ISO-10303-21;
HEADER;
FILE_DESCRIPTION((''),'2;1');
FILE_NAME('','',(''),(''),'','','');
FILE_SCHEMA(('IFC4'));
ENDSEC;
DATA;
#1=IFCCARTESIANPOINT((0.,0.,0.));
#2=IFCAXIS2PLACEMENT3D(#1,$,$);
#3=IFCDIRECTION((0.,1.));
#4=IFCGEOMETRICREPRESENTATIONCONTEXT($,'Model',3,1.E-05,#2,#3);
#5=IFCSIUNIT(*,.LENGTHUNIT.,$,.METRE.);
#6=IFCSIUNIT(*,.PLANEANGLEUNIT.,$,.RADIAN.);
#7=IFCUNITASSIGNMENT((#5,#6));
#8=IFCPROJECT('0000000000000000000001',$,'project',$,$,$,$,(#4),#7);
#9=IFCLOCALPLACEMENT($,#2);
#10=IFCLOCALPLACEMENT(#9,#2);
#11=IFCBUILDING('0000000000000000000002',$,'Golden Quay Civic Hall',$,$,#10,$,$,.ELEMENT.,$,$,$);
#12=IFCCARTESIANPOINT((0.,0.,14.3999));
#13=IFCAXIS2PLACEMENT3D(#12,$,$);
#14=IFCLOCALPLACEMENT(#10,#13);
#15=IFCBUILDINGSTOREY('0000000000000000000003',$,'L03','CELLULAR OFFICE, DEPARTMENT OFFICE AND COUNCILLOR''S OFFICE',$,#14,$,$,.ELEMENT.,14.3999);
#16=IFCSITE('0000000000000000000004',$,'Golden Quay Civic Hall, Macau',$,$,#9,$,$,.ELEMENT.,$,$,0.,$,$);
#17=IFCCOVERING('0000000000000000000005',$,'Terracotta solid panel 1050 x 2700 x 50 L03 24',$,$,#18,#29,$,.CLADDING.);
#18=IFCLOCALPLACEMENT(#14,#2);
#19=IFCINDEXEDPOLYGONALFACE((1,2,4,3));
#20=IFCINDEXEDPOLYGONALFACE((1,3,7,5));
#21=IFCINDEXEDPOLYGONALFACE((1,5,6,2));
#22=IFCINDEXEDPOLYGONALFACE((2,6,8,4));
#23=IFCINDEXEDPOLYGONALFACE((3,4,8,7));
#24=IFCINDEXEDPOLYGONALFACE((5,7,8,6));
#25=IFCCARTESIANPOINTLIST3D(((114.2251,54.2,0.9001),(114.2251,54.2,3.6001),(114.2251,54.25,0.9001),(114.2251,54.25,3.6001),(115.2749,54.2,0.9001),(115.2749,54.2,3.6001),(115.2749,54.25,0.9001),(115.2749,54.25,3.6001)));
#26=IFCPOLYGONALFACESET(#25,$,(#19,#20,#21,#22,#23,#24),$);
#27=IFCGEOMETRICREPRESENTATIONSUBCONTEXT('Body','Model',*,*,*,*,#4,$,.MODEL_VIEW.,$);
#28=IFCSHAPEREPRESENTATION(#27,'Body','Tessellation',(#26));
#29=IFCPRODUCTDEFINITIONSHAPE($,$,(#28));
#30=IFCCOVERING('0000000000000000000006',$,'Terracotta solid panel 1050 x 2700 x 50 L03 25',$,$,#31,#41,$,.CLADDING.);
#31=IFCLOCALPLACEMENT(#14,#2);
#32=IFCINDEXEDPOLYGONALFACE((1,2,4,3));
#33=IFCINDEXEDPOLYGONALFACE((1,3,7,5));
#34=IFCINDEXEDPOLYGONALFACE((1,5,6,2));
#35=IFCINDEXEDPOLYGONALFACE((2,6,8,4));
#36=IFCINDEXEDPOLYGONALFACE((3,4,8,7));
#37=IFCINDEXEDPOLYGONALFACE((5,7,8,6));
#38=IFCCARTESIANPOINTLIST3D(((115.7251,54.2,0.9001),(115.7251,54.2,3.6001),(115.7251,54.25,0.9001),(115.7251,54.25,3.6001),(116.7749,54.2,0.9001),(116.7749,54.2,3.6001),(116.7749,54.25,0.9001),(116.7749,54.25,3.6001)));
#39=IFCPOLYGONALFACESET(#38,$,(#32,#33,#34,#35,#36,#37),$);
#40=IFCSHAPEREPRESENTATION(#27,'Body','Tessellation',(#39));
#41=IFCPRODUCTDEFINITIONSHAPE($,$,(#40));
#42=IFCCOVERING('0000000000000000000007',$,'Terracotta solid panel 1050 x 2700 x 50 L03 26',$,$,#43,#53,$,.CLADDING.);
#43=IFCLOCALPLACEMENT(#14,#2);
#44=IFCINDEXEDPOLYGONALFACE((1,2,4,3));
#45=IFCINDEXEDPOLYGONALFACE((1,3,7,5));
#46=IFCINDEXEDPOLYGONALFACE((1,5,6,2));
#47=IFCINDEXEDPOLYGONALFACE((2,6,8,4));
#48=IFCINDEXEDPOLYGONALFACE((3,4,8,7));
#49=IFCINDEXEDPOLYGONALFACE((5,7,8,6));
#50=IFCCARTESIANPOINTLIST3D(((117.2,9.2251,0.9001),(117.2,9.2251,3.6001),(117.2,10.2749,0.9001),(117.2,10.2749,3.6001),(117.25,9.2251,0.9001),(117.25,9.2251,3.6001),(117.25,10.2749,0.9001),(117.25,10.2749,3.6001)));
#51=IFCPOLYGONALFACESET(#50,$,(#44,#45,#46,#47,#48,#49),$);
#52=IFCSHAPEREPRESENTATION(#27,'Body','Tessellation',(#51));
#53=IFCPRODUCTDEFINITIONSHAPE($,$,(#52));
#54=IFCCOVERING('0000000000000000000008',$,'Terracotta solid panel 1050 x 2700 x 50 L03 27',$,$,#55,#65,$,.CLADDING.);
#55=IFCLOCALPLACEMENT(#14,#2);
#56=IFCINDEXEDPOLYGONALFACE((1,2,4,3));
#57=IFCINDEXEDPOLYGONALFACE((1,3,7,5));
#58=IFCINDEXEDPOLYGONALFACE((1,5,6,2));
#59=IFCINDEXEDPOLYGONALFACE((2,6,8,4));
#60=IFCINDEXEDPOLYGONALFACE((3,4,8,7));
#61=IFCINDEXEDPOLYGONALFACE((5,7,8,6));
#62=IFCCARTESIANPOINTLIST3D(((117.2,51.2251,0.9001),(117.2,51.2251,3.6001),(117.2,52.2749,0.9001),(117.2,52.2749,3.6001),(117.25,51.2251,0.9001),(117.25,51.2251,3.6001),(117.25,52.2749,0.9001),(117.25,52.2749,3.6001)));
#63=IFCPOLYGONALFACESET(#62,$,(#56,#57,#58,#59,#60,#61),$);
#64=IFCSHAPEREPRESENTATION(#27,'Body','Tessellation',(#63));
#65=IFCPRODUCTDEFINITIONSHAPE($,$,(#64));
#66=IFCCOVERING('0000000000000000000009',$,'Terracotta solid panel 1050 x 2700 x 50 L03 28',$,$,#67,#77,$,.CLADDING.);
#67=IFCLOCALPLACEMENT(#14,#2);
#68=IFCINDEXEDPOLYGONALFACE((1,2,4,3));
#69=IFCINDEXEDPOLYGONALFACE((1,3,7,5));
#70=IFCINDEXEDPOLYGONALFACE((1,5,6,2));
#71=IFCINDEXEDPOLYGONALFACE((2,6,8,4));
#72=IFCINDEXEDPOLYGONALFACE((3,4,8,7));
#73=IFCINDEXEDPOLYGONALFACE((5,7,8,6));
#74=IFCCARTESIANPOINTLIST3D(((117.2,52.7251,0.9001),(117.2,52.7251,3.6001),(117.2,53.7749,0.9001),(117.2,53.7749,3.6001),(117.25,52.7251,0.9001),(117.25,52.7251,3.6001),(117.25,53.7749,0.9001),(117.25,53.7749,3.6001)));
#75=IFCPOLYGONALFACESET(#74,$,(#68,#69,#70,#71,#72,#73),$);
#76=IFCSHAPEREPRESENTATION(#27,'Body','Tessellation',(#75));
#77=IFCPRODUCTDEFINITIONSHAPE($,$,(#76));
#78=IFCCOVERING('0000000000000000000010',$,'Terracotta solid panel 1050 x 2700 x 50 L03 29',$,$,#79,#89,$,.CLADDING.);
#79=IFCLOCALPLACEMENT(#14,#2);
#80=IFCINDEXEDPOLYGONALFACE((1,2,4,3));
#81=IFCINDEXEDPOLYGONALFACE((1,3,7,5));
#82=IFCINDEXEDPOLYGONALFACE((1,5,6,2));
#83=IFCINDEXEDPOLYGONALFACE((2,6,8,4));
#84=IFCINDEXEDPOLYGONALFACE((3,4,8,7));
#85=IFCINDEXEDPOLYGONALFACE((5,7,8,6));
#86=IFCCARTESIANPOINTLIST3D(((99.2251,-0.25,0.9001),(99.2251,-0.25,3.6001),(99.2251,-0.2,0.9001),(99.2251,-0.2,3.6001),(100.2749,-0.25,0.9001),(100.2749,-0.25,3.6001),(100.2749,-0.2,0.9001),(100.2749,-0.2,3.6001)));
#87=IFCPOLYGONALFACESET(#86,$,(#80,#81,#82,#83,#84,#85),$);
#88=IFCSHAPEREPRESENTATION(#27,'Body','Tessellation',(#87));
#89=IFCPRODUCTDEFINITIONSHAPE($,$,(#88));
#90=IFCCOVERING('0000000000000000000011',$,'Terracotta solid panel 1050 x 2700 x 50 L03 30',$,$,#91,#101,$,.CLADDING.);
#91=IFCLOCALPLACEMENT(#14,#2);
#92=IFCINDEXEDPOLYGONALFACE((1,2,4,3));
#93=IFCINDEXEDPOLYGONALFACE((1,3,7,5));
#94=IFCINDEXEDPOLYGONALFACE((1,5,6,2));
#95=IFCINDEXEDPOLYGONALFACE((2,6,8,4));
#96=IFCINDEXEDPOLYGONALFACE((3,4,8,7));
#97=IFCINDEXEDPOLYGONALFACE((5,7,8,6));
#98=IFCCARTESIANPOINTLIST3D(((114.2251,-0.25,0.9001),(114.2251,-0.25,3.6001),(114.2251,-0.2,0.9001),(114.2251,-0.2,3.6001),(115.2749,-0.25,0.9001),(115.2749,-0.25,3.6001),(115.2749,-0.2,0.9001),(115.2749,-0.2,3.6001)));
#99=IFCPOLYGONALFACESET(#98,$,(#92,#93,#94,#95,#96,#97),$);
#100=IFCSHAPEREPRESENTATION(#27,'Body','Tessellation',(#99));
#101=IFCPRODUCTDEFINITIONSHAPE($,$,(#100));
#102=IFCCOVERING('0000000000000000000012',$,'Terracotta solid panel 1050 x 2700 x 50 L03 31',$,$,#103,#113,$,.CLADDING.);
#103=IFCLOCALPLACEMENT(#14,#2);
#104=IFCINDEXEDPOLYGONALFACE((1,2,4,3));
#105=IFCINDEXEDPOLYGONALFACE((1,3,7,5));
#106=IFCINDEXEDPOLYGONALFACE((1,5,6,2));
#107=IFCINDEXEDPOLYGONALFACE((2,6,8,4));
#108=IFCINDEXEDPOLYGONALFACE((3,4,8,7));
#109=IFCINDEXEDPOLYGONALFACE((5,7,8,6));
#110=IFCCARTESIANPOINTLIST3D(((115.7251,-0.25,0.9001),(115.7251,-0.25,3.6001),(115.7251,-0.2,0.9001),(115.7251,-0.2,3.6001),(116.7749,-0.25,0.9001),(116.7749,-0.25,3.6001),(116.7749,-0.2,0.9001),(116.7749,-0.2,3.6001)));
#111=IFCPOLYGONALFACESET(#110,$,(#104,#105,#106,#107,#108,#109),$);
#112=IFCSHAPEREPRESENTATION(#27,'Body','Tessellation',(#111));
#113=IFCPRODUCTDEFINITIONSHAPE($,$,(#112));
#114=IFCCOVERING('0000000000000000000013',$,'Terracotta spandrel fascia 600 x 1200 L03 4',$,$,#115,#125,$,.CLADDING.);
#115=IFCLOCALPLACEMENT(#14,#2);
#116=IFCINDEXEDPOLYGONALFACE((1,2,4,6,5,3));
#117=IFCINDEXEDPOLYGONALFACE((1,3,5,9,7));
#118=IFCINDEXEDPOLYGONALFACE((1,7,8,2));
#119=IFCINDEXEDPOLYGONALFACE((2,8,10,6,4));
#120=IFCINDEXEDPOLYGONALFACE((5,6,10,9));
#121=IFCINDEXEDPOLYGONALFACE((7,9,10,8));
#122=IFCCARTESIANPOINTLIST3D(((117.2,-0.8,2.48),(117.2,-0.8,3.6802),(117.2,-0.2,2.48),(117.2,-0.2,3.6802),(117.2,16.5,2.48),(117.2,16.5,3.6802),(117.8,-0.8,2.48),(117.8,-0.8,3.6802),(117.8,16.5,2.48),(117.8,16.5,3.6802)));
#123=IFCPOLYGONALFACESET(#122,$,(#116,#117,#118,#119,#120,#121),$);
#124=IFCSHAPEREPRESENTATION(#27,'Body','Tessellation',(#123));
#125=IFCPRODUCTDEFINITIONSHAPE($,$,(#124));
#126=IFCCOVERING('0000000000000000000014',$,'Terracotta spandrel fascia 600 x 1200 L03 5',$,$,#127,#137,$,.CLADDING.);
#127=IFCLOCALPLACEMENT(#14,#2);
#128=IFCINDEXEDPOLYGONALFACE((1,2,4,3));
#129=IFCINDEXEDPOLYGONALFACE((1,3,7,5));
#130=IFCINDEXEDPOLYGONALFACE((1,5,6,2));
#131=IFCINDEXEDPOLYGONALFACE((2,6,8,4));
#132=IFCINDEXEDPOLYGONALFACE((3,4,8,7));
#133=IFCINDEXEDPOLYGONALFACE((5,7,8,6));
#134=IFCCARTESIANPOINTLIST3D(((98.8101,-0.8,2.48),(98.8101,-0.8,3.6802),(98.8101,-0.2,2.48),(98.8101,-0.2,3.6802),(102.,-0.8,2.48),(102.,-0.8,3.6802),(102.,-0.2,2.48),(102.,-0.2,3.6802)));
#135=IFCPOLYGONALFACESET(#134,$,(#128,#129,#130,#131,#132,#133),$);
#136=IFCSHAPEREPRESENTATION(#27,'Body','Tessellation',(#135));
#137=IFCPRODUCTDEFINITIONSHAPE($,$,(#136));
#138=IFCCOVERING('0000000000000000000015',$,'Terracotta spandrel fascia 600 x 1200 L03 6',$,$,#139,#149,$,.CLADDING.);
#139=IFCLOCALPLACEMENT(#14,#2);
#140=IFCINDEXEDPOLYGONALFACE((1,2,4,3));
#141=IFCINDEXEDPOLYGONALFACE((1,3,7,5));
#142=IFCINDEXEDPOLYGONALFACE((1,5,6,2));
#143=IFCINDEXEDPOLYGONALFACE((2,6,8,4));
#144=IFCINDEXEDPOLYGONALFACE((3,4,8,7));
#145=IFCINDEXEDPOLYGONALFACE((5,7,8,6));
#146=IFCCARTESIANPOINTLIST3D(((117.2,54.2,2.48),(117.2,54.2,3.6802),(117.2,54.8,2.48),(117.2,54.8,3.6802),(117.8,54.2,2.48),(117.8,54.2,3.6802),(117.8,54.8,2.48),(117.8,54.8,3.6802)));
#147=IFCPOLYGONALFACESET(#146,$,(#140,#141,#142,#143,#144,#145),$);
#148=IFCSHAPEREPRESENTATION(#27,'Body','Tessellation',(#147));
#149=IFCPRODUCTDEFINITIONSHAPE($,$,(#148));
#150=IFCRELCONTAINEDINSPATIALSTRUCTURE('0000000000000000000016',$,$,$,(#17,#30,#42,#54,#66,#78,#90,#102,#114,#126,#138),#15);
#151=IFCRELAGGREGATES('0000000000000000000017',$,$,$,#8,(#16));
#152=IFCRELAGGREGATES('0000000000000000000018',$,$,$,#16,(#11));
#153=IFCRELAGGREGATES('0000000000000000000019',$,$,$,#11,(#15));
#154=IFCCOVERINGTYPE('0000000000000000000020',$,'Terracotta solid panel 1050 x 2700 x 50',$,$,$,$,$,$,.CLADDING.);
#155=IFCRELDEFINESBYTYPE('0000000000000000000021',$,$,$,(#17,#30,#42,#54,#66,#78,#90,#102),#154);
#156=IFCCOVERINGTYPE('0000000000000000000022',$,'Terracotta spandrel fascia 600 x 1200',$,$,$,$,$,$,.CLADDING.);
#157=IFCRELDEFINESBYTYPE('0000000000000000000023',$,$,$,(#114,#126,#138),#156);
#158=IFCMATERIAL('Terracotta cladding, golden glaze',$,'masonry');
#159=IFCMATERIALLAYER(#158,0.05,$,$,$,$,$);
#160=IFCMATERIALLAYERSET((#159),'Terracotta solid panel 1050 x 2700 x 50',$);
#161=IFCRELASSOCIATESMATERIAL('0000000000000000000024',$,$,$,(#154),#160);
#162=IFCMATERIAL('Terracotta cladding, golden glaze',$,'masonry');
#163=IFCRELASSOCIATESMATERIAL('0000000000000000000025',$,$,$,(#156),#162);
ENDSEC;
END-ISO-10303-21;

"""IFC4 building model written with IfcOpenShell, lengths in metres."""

from ifc_helpers import new_model, si_unit, direction, frame, origin, place, context, subcontext, project, spatial, polyline, outline, extrude, material, layer, layer_set, type_object, element, save


model = new_model("IFC4")

# Units and contexts
model_context = context("Model", 3, precision=1e-05, world=origin(), true_north=direction((0.0, 1.0)))
body_context = subcontext(model_context, "Body", "Model", "MODEL_VIEW")
ifc_project = project(units=[si_unit("LENGTHUNIT", "METRE"), si_unit("PLANEANGLEUNIT", "RADIAN")], contexts=[model_context])

# Site, building, storey
site_placement = place(None, origin())
site = spatial("IfcSite", under=ifc_project, at=site_placement, Name="Golden Quay Civic Hall, Macau", CompositionType="ELEMENT", RefElevation=0.0)
building_placement = place(site_placement, origin())
building = spatial("IfcBuilding", under=site, at=building_placement, Name="Golden Quay Civic Hall", CompositionType="ELEMENT")
storey_placement = place(building_placement, frame((0.0, 0.0, 14.3999)))
storey = spatial("IfcBuildingStorey", under=building, at=storey_placement, Name="L03", Description="CELLULAR OFFICE, DEPARTMENT OFFICE AND COUNCILLOR'S OFFICE", CompositionType="ELEMENT", Elevation=14.3999)

# Coverings
ifc_material_1 = material(Name="Terracotta cladding, golden glaze", Category="masonry")
ifc_layer_1 = layer(ifc_material_1, 0.05)
ifc_layer_set_1 = layer_set([ifc_layer_1], Name="Terracotta solid panel 1050 x 2700 x 50")
covering_type_1 = type_object("IfcCoveringType", Name="Terracotta solid panel 1050 x 2700 x 50", PredefinedType="CLADDING", material=ifc_layer_set_1)
covering_1_placement = place(storey_placement, frame((0.0, 0.0, 0.9001)))
element("IfcCovering", 1, at=covering_1_placement, inside=storey, type_object=covering_type_1, Name="Terracotta solid panel 1050 x 2700 x 50 L03 24", PredefinedType="CLADDING", context=body_context, shape_type="SweptSolid", body=[
    extrude(outline(polyline([(114.2251, 54.2), (115.2749, 54.2), (115.2749, 54.25), (114.2251, 54.25), (114.2251, 54.2)])), origin(), (0.0, 0.0, 1.0), 2.7),
])
covering_2_placement = place(storey_placement, frame((0.0, 0.0, 0.9001)))
element("IfcCovering", 2, at=covering_2_placement, inside=storey, type_object=covering_type_1, Name="Terracotta solid panel 1050 x 2700 x 50 L03 25", PredefinedType="CLADDING", context=body_context, shape_type="SweptSolid", body=[
    extrude(outline(polyline([(115.7251, 54.2), (116.7749, 54.2), (116.7749, 54.25), (115.7251, 54.25), (115.7251, 54.2)])), origin(), (0.0, 0.0, 1.0), 2.7),
])
covering_3_placement = place(storey_placement, frame((0.0, 0.0, 0.9001)))
element("IfcCovering", 3, at=covering_3_placement, inside=storey, type_object=covering_type_1, Name="Terracotta solid panel 1050 x 2700 x 50 L03 26", PredefinedType="CLADDING", context=body_context, shape_type="SweptSolid", body=[
    extrude(outline(polyline([(117.2, 9.2251), (117.2, 10.2749), (117.25, 10.2749), (117.25, 9.2251), (117.2, 9.2251)])), origin(), (0.0, 0.0, 1.0), 2.7),
])
covering_4_placement = place(storey_placement, frame((0.0, 0.0, 0.9001)))
element("IfcCovering", 4, at=covering_4_placement, inside=storey, type_object=covering_type_1, Name="Terracotta solid panel 1050 x 2700 x 50 L03 27", PredefinedType="CLADDING", context=body_context, shape_type="SweptSolid", body=[
    extrude(outline(polyline([(117.2, 51.2251), (117.2, 52.2749), (117.25, 52.2749), (117.25, 51.2251), (117.2, 51.2251)])), origin(), (0.0, 0.0, 1.0), 2.7),
])
covering_5_placement = place(storey_placement, frame((0.0, 0.0, 0.9001)))
element("IfcCovering", 5, at=covering_5_placement, inside=storey, type_object=covering_type_1, Name="Terracotta solid panel 1050 x 2700 x 50 L03 28", PredefinedType="CLADDING", context=body_context, shape_type="SweptSolid", body=[
    extrude(outline(polyline([(117.2, 52.7251), (117.2, 53.7749), (117.25, 53.7749), (117.25, 52.7251), (117.2, 52.7251)])), origin(), (0.0, 0.0, 1.0), 2.7),
])
covering_6_placement = place(storey_placement, frame((0.0, 0.0, 0.9001)))
element("IfcCovering", 6, at=covering_6_placement, inside=storey, type_object=covering_type_1, Name="Terracotta solid panel 1050 x 2700 x 50 L03 29", PredefinedType="CLADDING", context=body_context, shape_type="SweptSolid", body=[
    extrude(outline(polyline([(99.2251, -0.2), (100.2749, -0.2), (100.2749, -0.25), (99.2251, -0.25), (99.2251, -0.2)])), origin(), (0.0, 0.0, 1.0), 2.7),
])
covering_7_placement = place(storey_placement, frame((0.0, 0.0, 0.9001)))
element("IfcCovering", 7, at=covering_7_placement, inside=storey, type_object=covering_type_1, Name="Terracotta solid panel 1050 x 2700 x 50 L03 30", PredefinedType="CLADDING", context=body_context, shape_type="SweptSolid", body=[
    extrude(outline(polyline([(114.2251, -0.2), (115.2749, -0.2), (115.2749, -0.25), (114.2251, -0.25), (114.2251, -0.2)])), origin(), (0.0, 0.0, 1.0), 2.7),
])
covering_8_placement = place(storey_placement, frame((0.0, 0.0, 0.9001)))
element("IfcCovering", 8, at=covering_8_placement, inside=storey, type_object=covering_type_1, Name="Terracotta solid panel 1050 x 2700 x 50 L03 31", PredefinedType="CLADDING", context=body_context, shape_type="SweptSolid", body=[
    extrude(outline(polyline([(115.7251, -0.2), (116.7749, -0.2), (116.7749, -0.25), (115.7251, -0.25), (115.7251, -0.2)])), origin(), (0.0, 0.0, 1.0), 2.7),
])
ifc_material_2 = material(Name="Terracotta cladding, golden glaze", Category="masonry")
covering_type_2 = type_object("IfcCoveringType", Name="Terracotta spandrel fascia 600 x 1200", PredefinedType="CLADDING", material=ifc_material_2)
covering_9_placement = place(storey_placement, frame((0.0, 0.0, 2.48)))
element("IfcCovering", 9, at=covering_9_placement, inside=storey, type_object=covering_type_2, Name="Terracotta spandrel fascia 600 x 1200 L03 4", PredefinedType="CLADDING", context=body_context, shape_type="SweptSolid", body=[
    extrude(outline(polyline([(117.8, -0.8), (117.2, -0.8), (117.2, -0.2), (117.2, 16.5), (117.8, 16.5), (117.8, -0.8)])), origin(), (0.0, 0.0, 1.0), 1.2002),
])
covering_10_placement = place(storey_placement, frame((0.0, 0.0, 2.48)))
element("IfcCovering", 10, at=covering_10_placement, inside=storey, type_object=covering_type_2, Name="Terracotta spandrel fascia 600 x 1200 L03 5", PredefinedType="CLADDING", context=body_context, shape_type="SweptSolid", body=[
    extrude(outline(polyline([(98.8101, -0.2), (102.0, -0.2), (102.0, -0.8), (98.8101, -0.8), (98.8101, -0.2)])), origin(), (0.0, 0.0, 1.0), 1.2002),
])
covering_11_placement = place(storey_placement, frame((0.0, 0.0, 2.48)))
element("IfcCovering", 11, at=covering_11_placement, inside=storey, type_object=covering_type_2, Name="Terracotta spandrel fascia 600 x 1200 L03 6", PredefinedType="CLADDING", context=body_context, shape_type="SweptSolid", body=[
    extrude(outline(polyline([(117.2, 54.2), (117.2, 54.8), (117.8, 54.8), (117.8, 54.2), (117.2, 54.2)])), origin(), (0.0, 0.0, 1.0), 1.2002),
])

save(model, "model.ifc")
